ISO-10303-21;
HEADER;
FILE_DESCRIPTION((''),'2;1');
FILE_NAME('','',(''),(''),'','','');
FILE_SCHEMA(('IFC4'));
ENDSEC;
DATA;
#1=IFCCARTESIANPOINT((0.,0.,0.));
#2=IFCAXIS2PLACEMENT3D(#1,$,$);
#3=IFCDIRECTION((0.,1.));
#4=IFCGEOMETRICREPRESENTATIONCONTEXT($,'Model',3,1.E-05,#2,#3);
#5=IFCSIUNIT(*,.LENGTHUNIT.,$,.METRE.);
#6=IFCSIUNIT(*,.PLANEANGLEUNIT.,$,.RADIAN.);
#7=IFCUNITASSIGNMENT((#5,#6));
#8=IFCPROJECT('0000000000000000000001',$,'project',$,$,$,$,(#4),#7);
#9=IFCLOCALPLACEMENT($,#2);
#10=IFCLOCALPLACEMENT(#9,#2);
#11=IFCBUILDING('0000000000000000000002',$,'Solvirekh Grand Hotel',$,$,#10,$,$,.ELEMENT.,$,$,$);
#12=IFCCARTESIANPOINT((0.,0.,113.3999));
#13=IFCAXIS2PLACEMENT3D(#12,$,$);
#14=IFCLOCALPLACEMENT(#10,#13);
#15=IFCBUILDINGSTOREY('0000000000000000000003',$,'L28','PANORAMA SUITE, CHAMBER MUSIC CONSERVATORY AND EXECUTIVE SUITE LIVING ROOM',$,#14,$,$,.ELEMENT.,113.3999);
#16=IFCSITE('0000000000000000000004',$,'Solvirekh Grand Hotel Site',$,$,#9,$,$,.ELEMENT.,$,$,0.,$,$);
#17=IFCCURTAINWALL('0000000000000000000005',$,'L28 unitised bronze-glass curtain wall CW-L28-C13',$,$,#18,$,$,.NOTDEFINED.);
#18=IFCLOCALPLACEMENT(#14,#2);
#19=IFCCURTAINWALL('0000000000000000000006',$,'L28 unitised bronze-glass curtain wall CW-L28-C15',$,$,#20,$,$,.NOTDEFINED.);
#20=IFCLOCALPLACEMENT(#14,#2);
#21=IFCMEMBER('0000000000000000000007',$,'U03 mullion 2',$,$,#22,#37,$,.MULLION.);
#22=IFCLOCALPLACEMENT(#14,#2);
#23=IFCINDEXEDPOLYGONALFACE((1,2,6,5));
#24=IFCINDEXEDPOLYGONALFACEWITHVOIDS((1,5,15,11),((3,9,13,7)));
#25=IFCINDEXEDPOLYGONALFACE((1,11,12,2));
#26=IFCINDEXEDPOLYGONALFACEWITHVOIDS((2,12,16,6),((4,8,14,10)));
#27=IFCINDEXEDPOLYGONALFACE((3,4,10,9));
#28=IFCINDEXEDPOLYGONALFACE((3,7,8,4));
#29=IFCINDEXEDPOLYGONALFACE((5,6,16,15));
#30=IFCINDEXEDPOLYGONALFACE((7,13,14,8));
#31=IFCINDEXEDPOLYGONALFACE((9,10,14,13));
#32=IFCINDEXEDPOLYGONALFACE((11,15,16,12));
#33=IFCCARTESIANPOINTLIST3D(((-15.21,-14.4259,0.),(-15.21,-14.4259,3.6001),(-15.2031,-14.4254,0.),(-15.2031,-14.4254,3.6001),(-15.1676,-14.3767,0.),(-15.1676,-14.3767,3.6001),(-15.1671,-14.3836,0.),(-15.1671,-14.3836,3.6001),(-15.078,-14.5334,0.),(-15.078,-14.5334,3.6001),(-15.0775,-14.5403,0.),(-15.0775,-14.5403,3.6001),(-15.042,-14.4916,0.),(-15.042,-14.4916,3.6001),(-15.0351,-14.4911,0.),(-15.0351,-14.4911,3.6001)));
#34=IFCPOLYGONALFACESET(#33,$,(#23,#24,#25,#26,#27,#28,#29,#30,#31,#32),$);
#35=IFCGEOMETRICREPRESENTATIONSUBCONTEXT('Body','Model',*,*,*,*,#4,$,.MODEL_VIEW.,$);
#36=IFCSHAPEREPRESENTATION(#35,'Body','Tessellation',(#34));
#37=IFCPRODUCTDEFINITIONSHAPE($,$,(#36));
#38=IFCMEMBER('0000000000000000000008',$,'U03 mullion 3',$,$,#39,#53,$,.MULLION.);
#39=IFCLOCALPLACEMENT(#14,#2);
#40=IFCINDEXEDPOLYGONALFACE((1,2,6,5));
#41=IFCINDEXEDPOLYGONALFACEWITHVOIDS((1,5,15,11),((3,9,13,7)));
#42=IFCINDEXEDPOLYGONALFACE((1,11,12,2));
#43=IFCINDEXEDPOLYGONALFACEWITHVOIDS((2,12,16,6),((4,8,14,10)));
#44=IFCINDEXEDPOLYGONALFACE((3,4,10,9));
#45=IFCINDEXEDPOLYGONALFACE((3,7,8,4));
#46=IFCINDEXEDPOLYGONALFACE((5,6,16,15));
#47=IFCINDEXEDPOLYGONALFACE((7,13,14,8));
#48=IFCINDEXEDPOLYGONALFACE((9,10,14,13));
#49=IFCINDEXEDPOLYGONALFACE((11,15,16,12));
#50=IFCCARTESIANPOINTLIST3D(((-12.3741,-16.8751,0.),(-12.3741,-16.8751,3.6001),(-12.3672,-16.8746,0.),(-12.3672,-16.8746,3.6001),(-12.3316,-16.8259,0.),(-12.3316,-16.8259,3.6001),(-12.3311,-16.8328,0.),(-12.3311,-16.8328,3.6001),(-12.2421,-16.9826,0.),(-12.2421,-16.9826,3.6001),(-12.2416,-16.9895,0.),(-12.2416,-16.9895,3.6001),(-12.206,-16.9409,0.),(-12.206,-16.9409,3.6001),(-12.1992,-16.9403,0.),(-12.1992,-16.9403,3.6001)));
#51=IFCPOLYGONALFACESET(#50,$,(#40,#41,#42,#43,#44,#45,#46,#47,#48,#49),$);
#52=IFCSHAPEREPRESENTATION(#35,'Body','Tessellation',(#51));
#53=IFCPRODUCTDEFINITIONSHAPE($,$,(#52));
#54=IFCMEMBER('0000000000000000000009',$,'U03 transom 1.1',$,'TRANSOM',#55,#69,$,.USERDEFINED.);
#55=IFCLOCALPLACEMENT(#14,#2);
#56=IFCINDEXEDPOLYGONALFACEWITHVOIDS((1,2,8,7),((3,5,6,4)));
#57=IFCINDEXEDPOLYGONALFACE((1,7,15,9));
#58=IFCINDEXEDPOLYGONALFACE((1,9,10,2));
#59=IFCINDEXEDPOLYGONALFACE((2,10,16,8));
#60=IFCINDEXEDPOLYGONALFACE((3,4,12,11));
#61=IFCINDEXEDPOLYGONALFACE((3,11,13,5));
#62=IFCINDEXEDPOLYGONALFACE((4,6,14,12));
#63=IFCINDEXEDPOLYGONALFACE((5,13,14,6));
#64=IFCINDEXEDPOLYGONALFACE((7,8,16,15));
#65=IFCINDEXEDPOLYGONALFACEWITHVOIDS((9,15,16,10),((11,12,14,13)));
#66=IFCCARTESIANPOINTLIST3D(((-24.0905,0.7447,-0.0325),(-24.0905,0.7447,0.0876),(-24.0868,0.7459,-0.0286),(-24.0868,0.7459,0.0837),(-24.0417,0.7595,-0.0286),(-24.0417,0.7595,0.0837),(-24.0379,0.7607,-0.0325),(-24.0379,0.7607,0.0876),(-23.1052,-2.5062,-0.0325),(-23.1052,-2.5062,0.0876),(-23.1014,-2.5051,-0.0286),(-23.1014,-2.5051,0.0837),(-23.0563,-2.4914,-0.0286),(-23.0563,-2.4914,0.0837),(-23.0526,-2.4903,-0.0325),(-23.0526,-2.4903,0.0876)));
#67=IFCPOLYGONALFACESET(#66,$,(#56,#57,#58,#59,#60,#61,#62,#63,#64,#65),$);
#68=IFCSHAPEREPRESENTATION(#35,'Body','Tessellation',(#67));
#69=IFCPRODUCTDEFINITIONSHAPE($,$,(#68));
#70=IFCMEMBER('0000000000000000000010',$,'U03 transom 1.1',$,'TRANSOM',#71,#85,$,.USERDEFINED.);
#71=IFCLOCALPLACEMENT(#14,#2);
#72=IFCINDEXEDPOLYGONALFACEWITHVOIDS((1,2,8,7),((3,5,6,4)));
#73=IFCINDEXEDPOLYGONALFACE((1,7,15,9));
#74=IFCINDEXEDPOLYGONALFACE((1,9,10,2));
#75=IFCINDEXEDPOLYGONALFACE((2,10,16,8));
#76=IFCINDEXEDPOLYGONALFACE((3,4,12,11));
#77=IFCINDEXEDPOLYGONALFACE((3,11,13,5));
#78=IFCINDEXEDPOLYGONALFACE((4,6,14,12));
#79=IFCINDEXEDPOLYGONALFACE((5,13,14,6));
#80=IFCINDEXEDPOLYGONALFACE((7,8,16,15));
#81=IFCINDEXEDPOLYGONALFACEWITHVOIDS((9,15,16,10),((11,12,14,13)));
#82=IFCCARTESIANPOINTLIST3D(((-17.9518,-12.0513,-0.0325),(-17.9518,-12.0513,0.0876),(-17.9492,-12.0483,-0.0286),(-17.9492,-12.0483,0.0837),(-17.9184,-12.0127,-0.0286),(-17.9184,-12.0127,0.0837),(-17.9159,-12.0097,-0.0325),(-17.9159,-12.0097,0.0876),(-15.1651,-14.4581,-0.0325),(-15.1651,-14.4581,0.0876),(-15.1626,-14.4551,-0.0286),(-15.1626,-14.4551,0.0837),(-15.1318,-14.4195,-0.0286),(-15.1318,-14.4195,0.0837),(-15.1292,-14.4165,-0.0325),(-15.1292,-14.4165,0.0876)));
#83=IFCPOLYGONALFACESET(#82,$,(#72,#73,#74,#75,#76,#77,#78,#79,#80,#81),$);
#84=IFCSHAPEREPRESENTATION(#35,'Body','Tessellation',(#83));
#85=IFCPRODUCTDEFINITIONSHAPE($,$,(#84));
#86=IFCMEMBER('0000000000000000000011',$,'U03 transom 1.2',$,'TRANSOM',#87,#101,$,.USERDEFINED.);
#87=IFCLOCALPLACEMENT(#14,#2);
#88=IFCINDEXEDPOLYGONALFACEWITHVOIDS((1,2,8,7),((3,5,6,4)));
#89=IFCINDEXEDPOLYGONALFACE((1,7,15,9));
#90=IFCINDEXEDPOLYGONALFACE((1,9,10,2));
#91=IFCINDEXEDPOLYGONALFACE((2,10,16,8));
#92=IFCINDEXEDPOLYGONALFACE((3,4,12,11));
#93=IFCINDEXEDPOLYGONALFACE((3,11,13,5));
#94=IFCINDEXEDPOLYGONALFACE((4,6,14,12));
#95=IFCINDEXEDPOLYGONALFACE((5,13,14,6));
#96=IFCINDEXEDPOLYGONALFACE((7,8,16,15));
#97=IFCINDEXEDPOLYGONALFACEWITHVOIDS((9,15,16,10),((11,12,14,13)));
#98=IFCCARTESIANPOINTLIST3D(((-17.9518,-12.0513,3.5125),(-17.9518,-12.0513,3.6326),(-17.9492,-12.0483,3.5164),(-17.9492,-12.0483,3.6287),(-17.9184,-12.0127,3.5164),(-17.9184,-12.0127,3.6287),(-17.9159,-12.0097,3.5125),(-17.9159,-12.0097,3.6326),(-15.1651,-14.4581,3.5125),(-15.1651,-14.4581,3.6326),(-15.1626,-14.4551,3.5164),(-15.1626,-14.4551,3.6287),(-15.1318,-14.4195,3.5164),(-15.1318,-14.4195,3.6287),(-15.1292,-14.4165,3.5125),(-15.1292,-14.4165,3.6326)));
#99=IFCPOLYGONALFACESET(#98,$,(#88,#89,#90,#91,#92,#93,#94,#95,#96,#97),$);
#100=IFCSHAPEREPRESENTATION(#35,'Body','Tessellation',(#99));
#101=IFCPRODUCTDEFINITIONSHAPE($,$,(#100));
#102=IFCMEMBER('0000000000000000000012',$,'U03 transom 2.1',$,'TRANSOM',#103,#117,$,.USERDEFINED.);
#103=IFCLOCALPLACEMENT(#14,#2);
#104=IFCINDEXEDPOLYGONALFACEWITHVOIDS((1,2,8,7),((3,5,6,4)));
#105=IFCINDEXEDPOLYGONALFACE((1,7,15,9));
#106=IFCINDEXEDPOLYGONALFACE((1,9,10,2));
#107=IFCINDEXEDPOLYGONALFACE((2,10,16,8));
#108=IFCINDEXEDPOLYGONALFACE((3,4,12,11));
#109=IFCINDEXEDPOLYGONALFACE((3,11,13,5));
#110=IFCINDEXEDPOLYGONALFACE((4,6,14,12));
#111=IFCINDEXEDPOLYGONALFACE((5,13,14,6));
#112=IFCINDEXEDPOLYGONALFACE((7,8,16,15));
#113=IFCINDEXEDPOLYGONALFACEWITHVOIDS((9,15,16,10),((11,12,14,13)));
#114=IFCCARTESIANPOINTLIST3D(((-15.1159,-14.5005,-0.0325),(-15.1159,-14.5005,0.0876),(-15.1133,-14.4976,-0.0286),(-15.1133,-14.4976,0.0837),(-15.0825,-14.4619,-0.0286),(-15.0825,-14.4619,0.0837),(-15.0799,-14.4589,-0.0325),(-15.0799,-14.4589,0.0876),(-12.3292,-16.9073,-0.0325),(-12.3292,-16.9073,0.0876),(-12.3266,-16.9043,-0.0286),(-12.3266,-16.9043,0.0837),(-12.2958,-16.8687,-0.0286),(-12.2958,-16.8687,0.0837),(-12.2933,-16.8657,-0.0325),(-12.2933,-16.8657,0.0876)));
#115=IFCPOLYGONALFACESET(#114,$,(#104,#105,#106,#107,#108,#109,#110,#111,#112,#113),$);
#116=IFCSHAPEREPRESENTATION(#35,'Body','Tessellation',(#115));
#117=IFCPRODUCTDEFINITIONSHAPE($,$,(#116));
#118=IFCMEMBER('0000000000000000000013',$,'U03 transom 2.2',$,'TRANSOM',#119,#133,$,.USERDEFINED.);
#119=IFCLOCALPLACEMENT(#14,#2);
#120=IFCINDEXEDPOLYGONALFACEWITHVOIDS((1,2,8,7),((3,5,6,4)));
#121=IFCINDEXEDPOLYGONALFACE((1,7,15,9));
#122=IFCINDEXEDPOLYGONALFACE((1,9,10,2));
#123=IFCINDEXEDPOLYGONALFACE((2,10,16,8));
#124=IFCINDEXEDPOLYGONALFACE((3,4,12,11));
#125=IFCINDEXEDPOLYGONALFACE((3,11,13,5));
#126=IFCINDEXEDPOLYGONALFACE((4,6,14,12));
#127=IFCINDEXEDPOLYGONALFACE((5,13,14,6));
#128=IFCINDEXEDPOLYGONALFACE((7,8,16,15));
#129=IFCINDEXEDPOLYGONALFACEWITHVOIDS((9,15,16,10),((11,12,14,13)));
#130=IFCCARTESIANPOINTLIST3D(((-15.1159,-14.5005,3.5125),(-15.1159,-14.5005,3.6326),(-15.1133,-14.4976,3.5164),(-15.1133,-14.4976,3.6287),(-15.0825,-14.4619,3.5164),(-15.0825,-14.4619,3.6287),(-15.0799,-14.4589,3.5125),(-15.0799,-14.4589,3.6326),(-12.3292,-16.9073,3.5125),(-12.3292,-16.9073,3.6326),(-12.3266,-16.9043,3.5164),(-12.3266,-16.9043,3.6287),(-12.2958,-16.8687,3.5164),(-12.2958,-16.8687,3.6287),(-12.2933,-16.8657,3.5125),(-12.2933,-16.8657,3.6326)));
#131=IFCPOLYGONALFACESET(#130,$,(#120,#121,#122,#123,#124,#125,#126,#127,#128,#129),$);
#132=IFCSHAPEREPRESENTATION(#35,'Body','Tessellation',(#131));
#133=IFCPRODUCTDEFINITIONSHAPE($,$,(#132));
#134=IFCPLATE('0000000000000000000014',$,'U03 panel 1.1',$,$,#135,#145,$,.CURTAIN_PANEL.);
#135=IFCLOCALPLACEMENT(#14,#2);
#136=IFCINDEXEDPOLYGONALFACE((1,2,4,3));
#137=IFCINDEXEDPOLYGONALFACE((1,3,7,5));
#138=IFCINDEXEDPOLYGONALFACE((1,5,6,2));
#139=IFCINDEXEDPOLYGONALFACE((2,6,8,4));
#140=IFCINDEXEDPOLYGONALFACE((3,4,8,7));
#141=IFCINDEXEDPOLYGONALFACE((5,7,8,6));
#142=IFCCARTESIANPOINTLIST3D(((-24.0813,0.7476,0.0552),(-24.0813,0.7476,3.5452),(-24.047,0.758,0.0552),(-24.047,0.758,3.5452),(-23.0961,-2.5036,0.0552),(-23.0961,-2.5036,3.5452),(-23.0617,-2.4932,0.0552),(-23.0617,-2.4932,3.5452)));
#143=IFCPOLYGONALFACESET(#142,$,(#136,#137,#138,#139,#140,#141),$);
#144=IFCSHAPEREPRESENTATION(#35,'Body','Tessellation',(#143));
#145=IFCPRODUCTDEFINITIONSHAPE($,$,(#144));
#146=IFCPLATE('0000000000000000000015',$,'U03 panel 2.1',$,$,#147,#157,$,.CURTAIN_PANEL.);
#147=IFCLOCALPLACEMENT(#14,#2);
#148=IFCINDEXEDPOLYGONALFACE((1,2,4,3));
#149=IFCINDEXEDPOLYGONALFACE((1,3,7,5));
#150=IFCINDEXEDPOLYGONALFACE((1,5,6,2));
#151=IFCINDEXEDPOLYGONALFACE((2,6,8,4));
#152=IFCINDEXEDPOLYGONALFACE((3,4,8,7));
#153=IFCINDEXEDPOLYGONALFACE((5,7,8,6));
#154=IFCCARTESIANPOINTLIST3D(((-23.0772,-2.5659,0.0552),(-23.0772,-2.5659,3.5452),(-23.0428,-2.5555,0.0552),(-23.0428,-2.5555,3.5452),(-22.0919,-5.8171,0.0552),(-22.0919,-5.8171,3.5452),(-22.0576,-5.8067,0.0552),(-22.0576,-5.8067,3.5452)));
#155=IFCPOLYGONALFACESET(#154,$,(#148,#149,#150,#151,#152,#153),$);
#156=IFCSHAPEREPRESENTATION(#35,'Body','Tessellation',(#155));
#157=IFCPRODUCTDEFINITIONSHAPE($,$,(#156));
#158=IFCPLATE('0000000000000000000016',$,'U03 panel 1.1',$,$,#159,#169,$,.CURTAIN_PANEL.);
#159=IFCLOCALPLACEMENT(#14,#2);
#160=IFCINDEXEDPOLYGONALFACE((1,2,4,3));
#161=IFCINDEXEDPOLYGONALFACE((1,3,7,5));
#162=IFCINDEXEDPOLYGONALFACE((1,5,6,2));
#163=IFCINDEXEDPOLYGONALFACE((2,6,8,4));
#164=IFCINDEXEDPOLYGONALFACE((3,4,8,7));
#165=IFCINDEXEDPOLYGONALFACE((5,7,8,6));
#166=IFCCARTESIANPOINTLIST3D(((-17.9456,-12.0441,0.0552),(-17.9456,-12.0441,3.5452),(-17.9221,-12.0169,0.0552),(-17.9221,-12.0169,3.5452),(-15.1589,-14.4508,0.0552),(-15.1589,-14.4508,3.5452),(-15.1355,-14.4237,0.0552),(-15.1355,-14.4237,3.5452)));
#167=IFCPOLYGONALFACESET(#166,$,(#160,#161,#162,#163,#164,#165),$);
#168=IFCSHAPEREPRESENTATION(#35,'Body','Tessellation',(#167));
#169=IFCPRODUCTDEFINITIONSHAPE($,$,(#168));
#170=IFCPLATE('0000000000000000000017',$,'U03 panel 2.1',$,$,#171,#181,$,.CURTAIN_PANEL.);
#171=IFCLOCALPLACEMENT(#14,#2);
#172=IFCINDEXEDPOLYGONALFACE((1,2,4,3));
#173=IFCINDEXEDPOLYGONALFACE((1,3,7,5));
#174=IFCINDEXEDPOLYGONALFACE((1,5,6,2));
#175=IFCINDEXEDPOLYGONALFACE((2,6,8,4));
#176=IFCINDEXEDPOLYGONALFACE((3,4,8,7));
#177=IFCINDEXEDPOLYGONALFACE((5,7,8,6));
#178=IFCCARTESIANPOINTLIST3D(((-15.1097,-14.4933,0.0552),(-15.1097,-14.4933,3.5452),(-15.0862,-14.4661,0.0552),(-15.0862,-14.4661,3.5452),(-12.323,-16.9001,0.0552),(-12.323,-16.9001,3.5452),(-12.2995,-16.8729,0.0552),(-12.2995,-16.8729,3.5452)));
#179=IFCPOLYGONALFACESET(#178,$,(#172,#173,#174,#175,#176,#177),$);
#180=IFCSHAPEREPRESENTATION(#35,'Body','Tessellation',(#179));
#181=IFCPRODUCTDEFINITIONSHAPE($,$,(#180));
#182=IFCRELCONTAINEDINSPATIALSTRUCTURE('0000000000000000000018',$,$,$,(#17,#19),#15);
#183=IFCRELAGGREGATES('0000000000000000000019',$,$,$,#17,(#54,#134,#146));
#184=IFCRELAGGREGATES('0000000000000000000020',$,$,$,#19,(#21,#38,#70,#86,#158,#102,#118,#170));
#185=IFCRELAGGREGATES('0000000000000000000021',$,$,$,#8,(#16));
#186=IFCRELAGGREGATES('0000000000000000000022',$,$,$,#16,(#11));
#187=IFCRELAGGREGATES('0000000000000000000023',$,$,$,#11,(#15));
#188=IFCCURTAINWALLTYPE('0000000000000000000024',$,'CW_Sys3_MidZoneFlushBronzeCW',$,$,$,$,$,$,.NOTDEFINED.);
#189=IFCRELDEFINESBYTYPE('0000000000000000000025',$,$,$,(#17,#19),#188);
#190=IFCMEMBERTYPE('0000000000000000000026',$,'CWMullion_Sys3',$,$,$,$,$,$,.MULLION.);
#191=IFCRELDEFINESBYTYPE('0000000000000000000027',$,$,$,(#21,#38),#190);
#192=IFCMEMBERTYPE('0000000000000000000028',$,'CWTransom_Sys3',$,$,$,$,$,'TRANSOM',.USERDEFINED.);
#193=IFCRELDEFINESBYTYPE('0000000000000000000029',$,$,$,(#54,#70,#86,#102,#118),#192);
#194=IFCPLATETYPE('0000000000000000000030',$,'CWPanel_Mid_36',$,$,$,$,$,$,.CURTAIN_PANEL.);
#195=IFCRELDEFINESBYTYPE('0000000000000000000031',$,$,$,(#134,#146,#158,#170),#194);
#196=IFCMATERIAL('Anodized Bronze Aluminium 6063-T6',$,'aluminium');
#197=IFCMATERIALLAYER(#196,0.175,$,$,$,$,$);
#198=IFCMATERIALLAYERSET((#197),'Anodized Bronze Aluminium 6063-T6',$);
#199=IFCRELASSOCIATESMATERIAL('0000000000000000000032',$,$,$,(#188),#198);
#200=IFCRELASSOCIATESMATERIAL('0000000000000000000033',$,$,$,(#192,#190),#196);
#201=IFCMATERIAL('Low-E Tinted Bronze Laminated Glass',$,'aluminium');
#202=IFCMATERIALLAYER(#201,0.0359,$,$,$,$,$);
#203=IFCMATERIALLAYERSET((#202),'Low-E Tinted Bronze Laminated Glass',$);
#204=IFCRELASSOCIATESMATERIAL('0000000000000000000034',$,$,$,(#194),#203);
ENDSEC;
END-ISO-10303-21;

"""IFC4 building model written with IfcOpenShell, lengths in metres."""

from ifc_helpers import new_model, si_unit, direction, frame, origin, origin_2d, place, context, subcontext, project, spatial, rectangle, hollow_rectangle, extrude, source, transform, mapped, material, layer, layer_set, material_profile, profile_set, type_object, element, aggregate, save


model = new_model("IFC4")

# Units and contexts
model_context = context("Model", 3, precision=1e-05, world=origin(), true_north=direction((0.0, 1.0)))
body_context = subcontext(model_context, "Body", "Model", "MODEL_VIEW")
ifc_project = project(units=[si_unit("LENGTHUNIT", "METRE"), si_unit("PLANEANGLEUNIT", "RADIAN")], contexts=[model_context])

# Site, building, storey
site_placement = place(None, origin())
site = spatial("IfcSite", under=ifc_project, at=site_placement, Name="Solvirekh Grand Hotel Site", CompositionType="ELEMENT", RefElevation=0.0)
building_placement = place(site_placement, origin())
building = spatial("IfcBuilding", under=site, at=building_placement, Name="Solvirekh Grand Hotel", CompositionType="ELEMENT")
storey_placement = place(building_placement, frame((0.0, 0.0, 113.3999)))
storey = spatial("IfcBuildingStorey", under=building, at=storey_placement, Name="L28", Description="PANORAMA SUITE, CHAMBER MUSIC CONSERVATORY AND EXECUTIVE SUITE LIVING ROOM", CompositionType="ELEMENT", Elevation=113.3999)

# Curtain walls, members
ifc_material_1 = material(Name="Anodized Bronze Aluminium 6063-T6", Category="aluminium")
ifc_layer_1 = layer(ifc_material_1, 0.175)
ifc_layer_set_1 = layer_set([ifc_layer_1], Name="Anodized Bronze Aluminium 6063-T6")
curtain_wall_type = type_object("IfcCurtainWallType", Name="CW_Sys3_MidZoneFlushBronzeCW", PredefinedType="NOTDEFINED", material=ifc_layer_set_1)
curtain_wall_1_placement = place(storey_placement, origin())
curtain_wall_1 = element("IfcCurtainWall", 1, at=curtain_wall_1_placement, inside=storey, type_object=curtain_wall_type, Name="L28 unitised bronze-glass curtain wall CW-L28-C13", PredefinedType="NOTDEFINED")
ifc_material_profile_1 = material_profile(ifc_material_1, hollow_rectangle(XDim=0.0549, YDim=0.1201, WallThickness=0.0039, at=origin_2d()), Name="ALU RHS 120X55X4")
ifc_profile_set_1 = profile_set([ifc_material_profile_1], Name="Anodized Bronze Aluminium 6063-T6")
member_type_1 = type_object("IfcMemberType", Name="CWTransom_Sys3", ElementType="TRANSOM", PredefinedType="USERDEFINED", material=ifc_profile_set_1)
ifc_material_profile_2 = material_profile(ifc_material_1, hollow_rectangle(XDim=0.0649, YDim=0.175, WallThickness=0.0049, at=origin_2d()), Name="ALU RHS 175X65X5")
ifc_profile_set_2 = profile_set([ifc_material_profile_2], Name="Anodized Bronze Aluminium 6063-T6")
member_type_2 = type_object("IfcMemberType", Name="CWMullion_Sys3", PredefinedType="MULLION", material=ifc_profile_set_2)
shared_shape_1 = source(origin(), body_context, "Body", "SweptSolid", [
    extrude(hollow_rectangle(XDim=0.0649, YDim=0.175, WallThickness=0.0049, at=origin_2d()), origin(), (0.0, 0.0, 1.0), 3.6001),
])
curtain_wall_2_placement = place(storey_placement, origin())
curtain_wall_2 = element("IfcCurtainWall", 2, at=curtain_wall_2_placement, inside=storey, type_object=curtain_wall_type, Name="L28 unitised bronze-glass curtain wall CW-L28-C15", PredefinedType="NOTDEFINED")
member_1_placement = place(storey_placement, frame((-15.1226, -14.4585, 0.0), z_axis=(0.0, 0.0, 1.0), x_axis=(0.65363, 0.756814, 0.0)))
member_1 = element("IfcMember", 3, at=member_1_placement, type_object=member_type_2, Name="U03 mullion 2", PredefinedType="MULLION", context=body_context, shape_type="MappedRepresentation", body=[
    mapped(shared_shape_1, transform((0.0, 0.0, 0.0), x_axis=(1.0, 0.0, 0.0), y_axis=(0.0, 1.0, 0.0), z_axis=(0.0, 0.0, 1.0), scale=1.0)),
])
member_2_placement = place(storey_placement, frame((-12.2866, -16.9077, 0.0), z_axis=(0.0, 0.0, 1.0), x_axis=(0.65363, 0.756814, 0.0)))
member_2 = element("IfcMember", 4, at=member_2_placement, type_object=member_type_2, Name="U03 mullion 3", PredefinedType="MULLION", context=body_context, shape_type="MappedRepresentation", body=[
    mapped(shared_shape_1, transform((0.0, 0.0, 0.0), x_axis=(1.0, 0.0, 0.0), y_axis=(0.0, 1.0, 0.0), z_axis=(0.0, 0.0, 1.0), scale=1.0)),
])

# Members
shared_shape_2 = source(origin(), body_context, "Body", "SweptSolid", [
    extrude(hollow_rectangle(XDim=0.0549, YDim=0.1201, WallThickness=0.0039, at=origin_2d()), origin(), (0.0, 0.0, 1.0), 3.397),
])
member_3_placement = place(storey_placement, frame((-24.0642, 0.7527, 0.0276), z_axis=(0.290063, -0.957007, 0.0), x_axis=(0.957007, 0.290063, 0.0)))
member_3 = element("IfcMember", 5, at=member_3_placement, type_object=member_type_1, Name="U03 transom 1.1", ObjectType="TRANSOM", PredefinedType="USERDEFINED", context=body_context, shape_type="MappedRepresentation", body=[
    mapped(shared_shape_2, transform((0.0, 0.0, 0.0), x_axis=(1.0, 0.0, 0.0), y_axis=(0.0, 1.0, 0.0), z_axis=(0.0, 0.0, 1.0), scale=1.0)),
])
shared_shape_3 = source(origin(), body_context, "Body", "SweptSolid", [
    extrude(hollow_rectangle(XDim=0.0549, YDim=0.1201, WallThickness=0.0039, at=origin_2d()), origin(), (0.0, 0.0, 1.0), 3.6821),
])
member_4_placement = place(storey_placement, frame((-17.9338, -12.0305, 0.0276), z_axis=(0.756808, -0.653637, 0.0), x_axis=(0.653637, 0.756808, 0.0)))
member_4 = element("IfcMember", 6, at=member_4_placement, type_object=member_type_1, Name="U03 transom 1.1", ObjectType="TRANSOM", PredefinedType="USERDEFINED", context=body_context, shape_type="MappedRepresentation", body=[
    mapped(shared_shape_3, transform((0.0, 0.0, 0.0), x_axis=(1.0, 0.0, 0.0), y_axis=(0.0, 1.0, 0.0), z_axis=(0.0, 0.0, 1.0), scale=1.0)),
])
member_5_placement = place(storey_placement, frame((-17.9338, -12.0305, 3.5725), z_axis=(0.756808, -0.653637, 0.0), x_axis=(0.653637, 0.756808, 0.0)))
member_5 = element("IfcMember", 7, at=member_5_placement, type_object=member_type_1, Name="U03 transom 1.2", ObjectType="TRANSOM", PredefinedType="USERDEFINED", context=body_context, shape_type="MappedRepresentation", body=[
    mapped(shared_shape_3, transform((0.0, 0.0, 0.0), x_axis=(1.0, 0.0, 0.0), y_axis=(0.0, 1.0, 0.0), z_axis=(0.0, 0.0, 1.0), scale=1.0)),
])
member_6_placement = place(storey_placement, frame((-15.0979, -14.4797, 0.0276), z_axis=(0.756808, -0.653637, 0.0), x_axis=(0.653637, 0.756808, 0.0)))
member_6 = element("IfcMember", 8, at=member_6_placement, type_object=member_type_1, Name="U03 transom 2.1", ObjectType="TRANSOM", PredefinedType="USERDEFINED", context=body_context, shape_type="MappedRepresentation", body=[
    mapped(shared_shape_3, transform((0.0, 0.0, 0.0), x_axis=(1.0, 0.0, 0.0), y_axis=(0.0, 1.0, 0.0), z_axis=(0.0, 0.0, 1.0), scale=1.0)),
])
member_7_placement = place(storey_placement, frame((-15.0979, -14.4797, 3.5725), z_axis=(0.756808, -0.653637, 0.0), x_axis=(0.653637, 0.756808, 0.0)))
member_7 = element("IfcMember", 9, at=member_7_placement, type_object=member_type_1, Name="U03 transom 2.2", ObjectType="TRANSOM", PredefinedType="USERDEFINED", context=body_context, shape_type="MappedRepresentation", body=[
    mapped(shared_shape_3, transform((0.0, 0.0, 0.0), x_axis=(1.0, 0.0, 0.0), y_axis=(0.0, 1.0, 0.0), z_axis=(0.0, 0.0, 1.0), scale=1.0)),
])

# Plates
ifc_material_2 = material(Name="Low-E Tinted Bronze Laminated Glass", Category="aluminium")
ifc_layer_2 = layer(ifc_material_2, 0.0359)
ifc_layer_set_2 = layer_set([ifc_layer_2], Name="Low-E Tinted Bronze Laminated Glass")
plate_type = type_object("IfcPlateType", Name="CWPanel_Mid_36", PredefinedType="CURTAIN_PANEL", material=ifc_layer_set_2)
shared_shape_4 = source(origin(), body_context, "Body", "SweptSolid", [
    extrude(rectangle(XDim=3.3972, YDim=0.0359, at=origin_2d()), origin(), (0.0, 0.0, 1.0), 3.49),
])
plate_1_placement = place(storey_placement, frame((-23.5715, -0.8728, 0.0552), z_axis=(0.0, 0.0, 1.0), x_axis=(0.290011, -0.957023, 0.0)))
plate_1 = element("IfcPlate", 10, at=plate_1_placement, type_object=plate_type, Name="U03 panel 1.1", PredefinedType="CURTAIN_PANEL", context=body_context, shape_type="MappedRepresentation", body=[
    mapped(shared_shape_4, transform((0.0, 0.0, 0.0), x_axis=(1.0, 0.0, 0.0), y_axis=(0.0, 1.0, 0.0), z_axis=(0.0, 0.0, 1.0), scale=1.0)),
])
plate_2_placement = place(storey_placement, frame((-22.5674, -4.1863, 0.0552), z_axis=(0.0, 0.0, 1.0), x_axis=(0.290011, -0.957023, 0.0)))
plate_2 = element("IfcPlate", 11, at=plate_2_placement, type_object=plate_type, Name="U03 panel 2.1", PredefinedType="CURTAIN_PANEL", context=body_context, shape_type="MappedRepresentation", body=[
    mapped(shared_shape_4, transform((0.0, 0.0, 0.0), x_axis=(1.0, 0.0, 0.0), y_axis=(0.0, 1.0, 0.0), z_axis=(0.0, 0.0, 1.0), scale=1.0)),
])
aggregate(curtain_wall_1, [member_3, plate_1, plate_2])
shared_shape_5 = source(origin(), body_context, "Body", "SweptSolid", [
    extrude(rectangle(XDim=3.6821, YDim=0.0359, at=origin_2d()), origin(), (0.0, 0.0, 1.0), 3.49),
])
plate_3_placement = place(storey_placement, frame((-16.5405, -13.2339, 0.0552), z_axis=(0.0, 0.0, 1.0), x_axis=(0.756814, -0.65363, 0.0)))
plate_3 = element("IfcPlate", 12, at=plate_3_placement, type_object=plate_type, Name="U03 panel 1.1", PredefinedType="CURTAIN_PANEL", context=body_context, shape_type="MappedRepresentation", body=[
    mapped(shared_shape_5, transform((0.0, 0.0, 0.0), x_axis=(1.0, 0.0, 0.0), y_axis=(0.0, 1.0, 0.0), z_axis=(0.0, 0.0, 1.0), scale=1.0)),
])
plate_4_placement = place(storey_placement, frame((-13.7046, -15.6831, 0.0552), z_axis=(0.0, 0.0, 1.0), x_axis=(0.756814, -0.65363, 0.0)))
plate_4 = element("IfcPlate", 13, at=plate_4_placement, type_object=plate_type, Name="U03 panel 2.1", PredefinedType="CURTAIN_PANEL", context=body_context, shape_type="MappedRepresentation", body=[
    mapped(shared_shape_5, transform((0.0, 0.0, 0.0), x_axis=(1.0, 0.0, 0.0), y_axis=(0.0, 1.0, 0.0), z_axis=(0.0, 0.0, 1.0), scale=1.0)),
])
aggregate(curtain_wall_2, [member_1, member_2, member_4, member_5, plate_3, member_6, member_7, plate_4])

save(model, "model.ifc")
